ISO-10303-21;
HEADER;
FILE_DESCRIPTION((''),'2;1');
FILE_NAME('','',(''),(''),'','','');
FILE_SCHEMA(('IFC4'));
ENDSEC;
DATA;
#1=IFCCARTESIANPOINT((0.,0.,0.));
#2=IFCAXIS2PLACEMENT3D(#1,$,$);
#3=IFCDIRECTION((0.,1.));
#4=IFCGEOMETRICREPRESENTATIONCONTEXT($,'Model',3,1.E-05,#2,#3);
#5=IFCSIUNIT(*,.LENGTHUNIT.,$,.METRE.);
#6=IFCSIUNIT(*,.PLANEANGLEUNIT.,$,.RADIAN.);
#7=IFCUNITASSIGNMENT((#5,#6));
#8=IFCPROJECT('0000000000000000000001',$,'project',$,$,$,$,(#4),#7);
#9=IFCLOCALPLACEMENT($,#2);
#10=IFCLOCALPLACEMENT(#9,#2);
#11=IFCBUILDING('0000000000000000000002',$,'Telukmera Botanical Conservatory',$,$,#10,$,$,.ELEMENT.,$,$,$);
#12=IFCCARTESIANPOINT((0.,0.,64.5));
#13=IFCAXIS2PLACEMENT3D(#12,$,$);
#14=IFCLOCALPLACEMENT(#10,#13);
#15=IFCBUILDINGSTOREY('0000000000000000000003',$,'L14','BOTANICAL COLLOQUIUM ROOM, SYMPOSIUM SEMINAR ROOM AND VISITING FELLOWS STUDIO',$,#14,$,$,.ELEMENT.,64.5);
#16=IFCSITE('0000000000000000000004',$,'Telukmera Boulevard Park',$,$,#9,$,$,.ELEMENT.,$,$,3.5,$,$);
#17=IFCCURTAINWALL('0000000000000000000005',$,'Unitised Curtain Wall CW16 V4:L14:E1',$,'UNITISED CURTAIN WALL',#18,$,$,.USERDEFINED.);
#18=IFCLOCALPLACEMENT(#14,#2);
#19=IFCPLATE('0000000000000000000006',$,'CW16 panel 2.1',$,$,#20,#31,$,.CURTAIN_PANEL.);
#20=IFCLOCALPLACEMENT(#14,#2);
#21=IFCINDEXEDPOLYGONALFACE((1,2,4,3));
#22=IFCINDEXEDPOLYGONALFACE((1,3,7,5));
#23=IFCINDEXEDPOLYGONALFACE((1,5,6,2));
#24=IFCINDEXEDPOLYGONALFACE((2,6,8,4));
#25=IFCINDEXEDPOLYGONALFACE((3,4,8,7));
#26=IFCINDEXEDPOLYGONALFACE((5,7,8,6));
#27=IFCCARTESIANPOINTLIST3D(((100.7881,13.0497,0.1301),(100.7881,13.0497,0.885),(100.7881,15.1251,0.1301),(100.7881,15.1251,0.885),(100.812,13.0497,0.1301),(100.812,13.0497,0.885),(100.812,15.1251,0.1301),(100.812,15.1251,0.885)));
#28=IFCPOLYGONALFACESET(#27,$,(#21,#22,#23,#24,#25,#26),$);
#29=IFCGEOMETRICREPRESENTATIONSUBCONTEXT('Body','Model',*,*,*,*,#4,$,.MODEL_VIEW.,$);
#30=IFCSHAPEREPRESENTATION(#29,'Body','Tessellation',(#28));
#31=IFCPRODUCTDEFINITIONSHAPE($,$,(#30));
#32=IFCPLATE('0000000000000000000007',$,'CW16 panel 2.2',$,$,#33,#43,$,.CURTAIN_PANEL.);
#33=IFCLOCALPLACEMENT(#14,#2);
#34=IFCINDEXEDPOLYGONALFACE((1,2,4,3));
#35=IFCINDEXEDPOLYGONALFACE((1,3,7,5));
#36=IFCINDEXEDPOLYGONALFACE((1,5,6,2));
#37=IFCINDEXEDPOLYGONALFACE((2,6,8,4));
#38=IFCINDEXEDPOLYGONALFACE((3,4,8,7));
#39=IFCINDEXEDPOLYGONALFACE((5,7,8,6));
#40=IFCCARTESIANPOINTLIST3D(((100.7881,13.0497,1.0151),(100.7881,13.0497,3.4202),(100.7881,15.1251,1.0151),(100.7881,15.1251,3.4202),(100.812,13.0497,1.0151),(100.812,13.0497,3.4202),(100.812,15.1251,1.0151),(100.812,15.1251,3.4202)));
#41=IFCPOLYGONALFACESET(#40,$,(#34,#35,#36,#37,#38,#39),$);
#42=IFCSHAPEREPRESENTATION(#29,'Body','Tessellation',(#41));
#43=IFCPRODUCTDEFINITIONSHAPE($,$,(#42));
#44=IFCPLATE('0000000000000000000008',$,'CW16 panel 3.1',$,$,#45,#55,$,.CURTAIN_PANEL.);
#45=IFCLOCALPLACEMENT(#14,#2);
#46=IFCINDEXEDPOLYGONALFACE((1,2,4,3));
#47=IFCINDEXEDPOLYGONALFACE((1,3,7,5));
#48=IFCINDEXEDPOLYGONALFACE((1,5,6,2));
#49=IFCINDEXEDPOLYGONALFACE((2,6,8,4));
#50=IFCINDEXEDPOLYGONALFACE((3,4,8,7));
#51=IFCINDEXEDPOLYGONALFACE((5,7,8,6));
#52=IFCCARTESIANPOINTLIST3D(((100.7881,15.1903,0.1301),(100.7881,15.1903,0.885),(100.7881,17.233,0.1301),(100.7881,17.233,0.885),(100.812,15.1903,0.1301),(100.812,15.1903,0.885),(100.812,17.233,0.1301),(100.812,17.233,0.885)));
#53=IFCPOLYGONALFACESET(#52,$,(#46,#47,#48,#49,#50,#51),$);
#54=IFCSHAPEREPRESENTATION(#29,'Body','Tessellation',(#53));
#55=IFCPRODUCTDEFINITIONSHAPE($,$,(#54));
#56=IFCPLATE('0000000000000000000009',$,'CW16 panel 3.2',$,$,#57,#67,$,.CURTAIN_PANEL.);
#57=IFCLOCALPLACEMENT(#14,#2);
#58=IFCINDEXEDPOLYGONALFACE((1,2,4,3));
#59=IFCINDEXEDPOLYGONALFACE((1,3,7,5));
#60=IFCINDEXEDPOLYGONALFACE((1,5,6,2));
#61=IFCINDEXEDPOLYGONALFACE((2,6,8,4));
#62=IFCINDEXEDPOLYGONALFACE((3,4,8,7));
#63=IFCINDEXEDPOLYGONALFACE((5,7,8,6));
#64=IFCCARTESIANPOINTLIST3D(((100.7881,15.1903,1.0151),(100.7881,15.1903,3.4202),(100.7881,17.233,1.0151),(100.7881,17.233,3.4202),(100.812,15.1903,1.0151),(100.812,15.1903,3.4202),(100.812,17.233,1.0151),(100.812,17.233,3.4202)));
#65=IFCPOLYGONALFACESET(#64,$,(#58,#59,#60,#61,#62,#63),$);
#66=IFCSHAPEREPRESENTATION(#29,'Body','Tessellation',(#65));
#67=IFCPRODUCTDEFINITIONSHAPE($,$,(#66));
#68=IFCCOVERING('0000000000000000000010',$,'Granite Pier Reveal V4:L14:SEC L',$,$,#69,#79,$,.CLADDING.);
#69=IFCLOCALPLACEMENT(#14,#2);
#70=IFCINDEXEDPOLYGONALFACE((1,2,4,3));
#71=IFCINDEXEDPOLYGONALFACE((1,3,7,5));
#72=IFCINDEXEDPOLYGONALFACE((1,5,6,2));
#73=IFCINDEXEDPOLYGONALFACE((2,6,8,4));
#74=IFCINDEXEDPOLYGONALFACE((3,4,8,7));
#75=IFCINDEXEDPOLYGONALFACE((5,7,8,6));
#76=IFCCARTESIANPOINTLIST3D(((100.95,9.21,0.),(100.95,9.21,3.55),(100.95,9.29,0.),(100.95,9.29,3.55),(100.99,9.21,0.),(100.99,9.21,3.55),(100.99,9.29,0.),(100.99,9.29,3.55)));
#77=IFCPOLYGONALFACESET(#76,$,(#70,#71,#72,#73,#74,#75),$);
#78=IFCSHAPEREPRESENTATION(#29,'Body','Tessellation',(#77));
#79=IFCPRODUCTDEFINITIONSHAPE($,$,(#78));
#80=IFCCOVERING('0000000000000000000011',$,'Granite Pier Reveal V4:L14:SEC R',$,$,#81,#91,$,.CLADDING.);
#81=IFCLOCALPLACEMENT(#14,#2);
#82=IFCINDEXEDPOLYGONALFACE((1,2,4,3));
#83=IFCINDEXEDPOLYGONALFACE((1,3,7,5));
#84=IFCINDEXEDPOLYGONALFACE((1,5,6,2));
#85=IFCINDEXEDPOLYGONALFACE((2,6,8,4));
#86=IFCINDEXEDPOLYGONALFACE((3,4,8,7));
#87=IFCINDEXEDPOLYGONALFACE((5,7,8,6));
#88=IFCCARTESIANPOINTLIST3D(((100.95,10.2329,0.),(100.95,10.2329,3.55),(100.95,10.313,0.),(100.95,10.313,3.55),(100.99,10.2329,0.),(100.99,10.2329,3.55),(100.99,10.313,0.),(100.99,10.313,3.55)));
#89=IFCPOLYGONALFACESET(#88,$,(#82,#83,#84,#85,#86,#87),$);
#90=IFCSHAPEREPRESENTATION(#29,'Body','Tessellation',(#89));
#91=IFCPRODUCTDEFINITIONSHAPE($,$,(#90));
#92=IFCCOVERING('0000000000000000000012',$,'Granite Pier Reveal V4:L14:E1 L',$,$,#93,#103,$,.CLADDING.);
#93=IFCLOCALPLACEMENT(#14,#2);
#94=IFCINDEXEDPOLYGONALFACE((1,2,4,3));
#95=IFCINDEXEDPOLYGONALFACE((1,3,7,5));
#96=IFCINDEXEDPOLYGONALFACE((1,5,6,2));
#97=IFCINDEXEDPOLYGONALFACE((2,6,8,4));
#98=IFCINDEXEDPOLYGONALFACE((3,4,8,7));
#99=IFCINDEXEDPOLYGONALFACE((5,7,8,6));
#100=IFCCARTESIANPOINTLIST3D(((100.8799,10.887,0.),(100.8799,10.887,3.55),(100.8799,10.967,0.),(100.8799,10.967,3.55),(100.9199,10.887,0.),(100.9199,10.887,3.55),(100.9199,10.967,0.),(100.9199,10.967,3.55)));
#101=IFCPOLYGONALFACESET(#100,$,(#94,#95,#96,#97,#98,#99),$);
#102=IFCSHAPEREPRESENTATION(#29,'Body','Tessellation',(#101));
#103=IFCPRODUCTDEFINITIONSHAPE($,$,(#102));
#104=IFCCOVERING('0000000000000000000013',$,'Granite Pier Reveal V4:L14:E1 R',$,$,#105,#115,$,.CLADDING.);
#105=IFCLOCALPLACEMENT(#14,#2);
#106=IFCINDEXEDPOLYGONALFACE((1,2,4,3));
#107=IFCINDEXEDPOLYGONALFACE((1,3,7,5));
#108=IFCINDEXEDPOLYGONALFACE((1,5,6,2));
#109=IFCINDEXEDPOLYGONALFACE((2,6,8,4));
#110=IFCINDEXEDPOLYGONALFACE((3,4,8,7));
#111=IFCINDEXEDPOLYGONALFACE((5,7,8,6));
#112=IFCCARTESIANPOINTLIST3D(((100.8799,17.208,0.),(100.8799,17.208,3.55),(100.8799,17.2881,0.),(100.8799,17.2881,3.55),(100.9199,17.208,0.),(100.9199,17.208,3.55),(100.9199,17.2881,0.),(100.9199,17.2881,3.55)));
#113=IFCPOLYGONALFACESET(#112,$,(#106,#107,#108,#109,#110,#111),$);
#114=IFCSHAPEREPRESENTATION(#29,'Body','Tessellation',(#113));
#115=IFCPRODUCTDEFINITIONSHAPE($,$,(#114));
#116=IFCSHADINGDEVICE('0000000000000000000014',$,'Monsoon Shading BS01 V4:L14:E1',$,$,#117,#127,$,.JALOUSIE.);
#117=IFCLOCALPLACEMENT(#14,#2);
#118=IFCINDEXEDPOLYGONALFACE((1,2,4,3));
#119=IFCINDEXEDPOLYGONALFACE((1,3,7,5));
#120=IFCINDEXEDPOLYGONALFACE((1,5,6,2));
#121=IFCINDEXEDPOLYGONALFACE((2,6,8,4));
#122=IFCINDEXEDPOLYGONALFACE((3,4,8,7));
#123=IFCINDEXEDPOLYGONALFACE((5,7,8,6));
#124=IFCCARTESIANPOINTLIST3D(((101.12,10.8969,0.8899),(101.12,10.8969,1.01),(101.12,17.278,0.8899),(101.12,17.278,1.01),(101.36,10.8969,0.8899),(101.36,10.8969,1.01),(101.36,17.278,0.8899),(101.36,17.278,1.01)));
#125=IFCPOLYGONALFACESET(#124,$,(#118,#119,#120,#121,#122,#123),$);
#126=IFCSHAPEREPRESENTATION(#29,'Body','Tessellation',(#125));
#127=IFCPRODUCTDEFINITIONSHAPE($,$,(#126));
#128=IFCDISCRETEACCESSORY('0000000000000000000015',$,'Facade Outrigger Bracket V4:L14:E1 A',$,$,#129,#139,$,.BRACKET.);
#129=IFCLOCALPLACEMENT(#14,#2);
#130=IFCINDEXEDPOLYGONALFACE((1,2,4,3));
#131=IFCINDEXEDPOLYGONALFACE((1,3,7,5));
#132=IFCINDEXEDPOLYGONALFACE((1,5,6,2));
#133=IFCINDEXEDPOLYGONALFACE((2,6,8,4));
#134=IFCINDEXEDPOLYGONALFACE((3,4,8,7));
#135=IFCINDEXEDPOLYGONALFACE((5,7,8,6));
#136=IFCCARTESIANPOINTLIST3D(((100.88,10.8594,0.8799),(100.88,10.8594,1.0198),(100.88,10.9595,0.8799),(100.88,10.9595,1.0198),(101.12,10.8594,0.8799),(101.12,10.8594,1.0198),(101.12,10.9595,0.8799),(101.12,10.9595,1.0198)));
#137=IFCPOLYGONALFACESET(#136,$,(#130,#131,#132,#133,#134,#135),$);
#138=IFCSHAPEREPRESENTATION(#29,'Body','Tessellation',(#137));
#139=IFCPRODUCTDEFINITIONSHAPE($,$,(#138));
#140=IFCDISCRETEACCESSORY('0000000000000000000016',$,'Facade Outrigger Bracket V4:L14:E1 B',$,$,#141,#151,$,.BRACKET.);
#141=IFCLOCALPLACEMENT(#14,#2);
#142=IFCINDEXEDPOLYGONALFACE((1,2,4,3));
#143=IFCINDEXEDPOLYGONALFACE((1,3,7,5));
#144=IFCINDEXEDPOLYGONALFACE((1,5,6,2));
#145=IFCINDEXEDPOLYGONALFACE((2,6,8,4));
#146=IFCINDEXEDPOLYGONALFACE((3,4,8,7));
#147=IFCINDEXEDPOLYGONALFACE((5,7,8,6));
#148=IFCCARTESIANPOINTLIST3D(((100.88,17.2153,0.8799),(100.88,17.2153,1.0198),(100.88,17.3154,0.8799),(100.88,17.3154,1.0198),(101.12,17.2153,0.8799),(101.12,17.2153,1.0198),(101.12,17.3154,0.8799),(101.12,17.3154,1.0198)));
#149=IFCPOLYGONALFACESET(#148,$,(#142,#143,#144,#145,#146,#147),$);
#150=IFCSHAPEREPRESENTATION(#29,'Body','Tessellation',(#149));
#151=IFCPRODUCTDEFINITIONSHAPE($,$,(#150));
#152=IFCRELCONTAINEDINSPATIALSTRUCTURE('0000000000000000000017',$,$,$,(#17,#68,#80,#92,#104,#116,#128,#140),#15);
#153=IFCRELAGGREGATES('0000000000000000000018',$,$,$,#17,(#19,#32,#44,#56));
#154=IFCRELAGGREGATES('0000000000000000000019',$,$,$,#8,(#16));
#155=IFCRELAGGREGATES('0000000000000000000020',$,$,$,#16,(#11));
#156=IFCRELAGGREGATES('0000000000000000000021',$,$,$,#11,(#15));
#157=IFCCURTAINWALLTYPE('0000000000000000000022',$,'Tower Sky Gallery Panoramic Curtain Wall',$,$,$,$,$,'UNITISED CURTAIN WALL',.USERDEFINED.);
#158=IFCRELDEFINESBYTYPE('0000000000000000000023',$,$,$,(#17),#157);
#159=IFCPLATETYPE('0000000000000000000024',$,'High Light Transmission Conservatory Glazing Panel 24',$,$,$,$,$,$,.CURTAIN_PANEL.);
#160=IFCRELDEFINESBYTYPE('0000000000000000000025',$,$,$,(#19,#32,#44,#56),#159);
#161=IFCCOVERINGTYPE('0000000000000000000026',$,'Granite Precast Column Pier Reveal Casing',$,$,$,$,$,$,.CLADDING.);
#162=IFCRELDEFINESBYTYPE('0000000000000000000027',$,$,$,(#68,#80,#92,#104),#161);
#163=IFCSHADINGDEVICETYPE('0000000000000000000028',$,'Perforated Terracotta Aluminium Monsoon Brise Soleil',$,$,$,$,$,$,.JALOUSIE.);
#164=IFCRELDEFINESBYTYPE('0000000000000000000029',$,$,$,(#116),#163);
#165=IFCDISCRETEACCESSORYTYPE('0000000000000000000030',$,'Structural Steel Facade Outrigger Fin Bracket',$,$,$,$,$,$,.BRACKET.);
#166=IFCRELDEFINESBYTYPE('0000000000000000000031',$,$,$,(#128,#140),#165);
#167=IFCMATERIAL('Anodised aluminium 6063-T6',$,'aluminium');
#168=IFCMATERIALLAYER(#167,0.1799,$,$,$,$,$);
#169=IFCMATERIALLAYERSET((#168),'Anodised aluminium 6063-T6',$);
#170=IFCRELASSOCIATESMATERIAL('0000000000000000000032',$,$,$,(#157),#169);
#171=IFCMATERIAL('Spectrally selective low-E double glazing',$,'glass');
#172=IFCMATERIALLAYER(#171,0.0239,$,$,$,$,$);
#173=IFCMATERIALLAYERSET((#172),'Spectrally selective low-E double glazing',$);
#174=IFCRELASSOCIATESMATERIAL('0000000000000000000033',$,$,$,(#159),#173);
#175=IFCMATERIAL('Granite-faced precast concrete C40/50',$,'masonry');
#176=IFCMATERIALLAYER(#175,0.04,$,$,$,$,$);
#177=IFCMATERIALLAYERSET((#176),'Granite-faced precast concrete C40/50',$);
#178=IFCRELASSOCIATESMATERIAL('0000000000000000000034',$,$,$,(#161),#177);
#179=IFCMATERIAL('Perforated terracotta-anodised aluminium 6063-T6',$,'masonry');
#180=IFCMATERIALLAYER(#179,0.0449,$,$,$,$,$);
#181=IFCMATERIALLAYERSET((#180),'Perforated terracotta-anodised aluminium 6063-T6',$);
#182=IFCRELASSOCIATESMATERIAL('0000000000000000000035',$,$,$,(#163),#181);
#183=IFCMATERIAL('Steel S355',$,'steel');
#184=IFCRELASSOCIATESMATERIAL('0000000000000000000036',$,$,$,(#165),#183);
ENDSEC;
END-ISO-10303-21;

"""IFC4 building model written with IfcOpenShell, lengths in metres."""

from ifc_helpers import new_model, si_unit, direction, frame, origin, origin_2d, place, context, subcontext, project, spatial, rectangle, extrude, material, layer, layer_set, type_object, element, aggregate, save


model = new_model("IFC4")

# Units and contexts
model_context = context("Model", 3, precision=1e-05, world=origin(), true_north=direction((0.0, 1.0)))
body_context = subcontext(model_context, "Body", "Model", "MODEL_VIEW")
ifc_project = project(units=[si_unit("LENGTHUNIT", "METRE"), si_unit("PLANEANGLEUNIT", "RADIAN")], contexts=[model_context])

# Site, building, storey
site_placement = place(None, origin())
site = spatial("IfcSite", under=ifc_project, at=site_placement, Name="Telukmera Boulevard Park", CompositionType="ELEMENT", RefElevation=3.5)
building_placement = place(site_placement, origin())
building = spatial("IfcBuilding", under=site, at=building_placement, Name="Telukmera Botanical Conservatory", CompositionType="ELEMENT")
storey_placement = place(building_placement, frame((0.0, 0.0, 64.5)))
storey = spatial("IfcBuildingStorey", under=building, at=storey_placement, Name="L14", Description="BOTANICAL COLLOQUIUM ROOM, SYMPOSIUM SEMINAR ROOM AND VISITING FELLOWS STUDIO", CompositionType="ELEMENT", Elevation=64.5)

# Curtain wall, plates
ifc_material_1 = material(Name="Anodised aluminium 6063-T6", Category="aluminium")
ifc_layer_1 = layer(ifc_material_1, 0.1799)
ifc_layer_set_1 = layer_set([ifc_layer_1], Name="Anodised aluminium 6063-T6")
curtain_wall_type = type_object("IfcCurtainWallType", Name="Tower Sky Gallery Panoramic Curtain Wall", ElementType="UNITISED CURTAIN WALL", PredefinedType="USERDEFINED", material=ifc_layer_set_1)
curtain_wall_placement = place(storey_placement, origin())
curtain_wall = element("IfcCurtainWall", 1, at=curtain_wall_placement, inside=storey, type_object=curtain_wall_type, Name="Unitised Curtain Wall CW16 V4:L14:E1", ObjectType="UNITISED CURTAIN WALL", PredefinedType="USERDEFINED")
ifc_material_2 = material(Name="Spectrally selective low-E double glazing", Category="glass")
ifc_layer_2 = layer(ifc_material_2, 0.0239)
ifc_layer_set_2 = layer_set([ifc_layer_2], Name="Spectrally selective low-E double glazing")
plate_type = type_object("IfcPlateType", Name="High Light Transmission Conservatory Glazing Panel 24", PredefinedType="CURTAIN_PANEL", material=ifc_layer_set_2)
plate_1_placement = place(storey_placement, frame((100.8, 14.0874, 0.1301), z_axis=(0.0, 0.0, 1.0), x_axis=(0.0, 1.0, 0.0)))
plate_1 = element("IfcPlate", 2, at=plate_1_placement, type_object=plate_type, Name="CW16 panel 2.1", PredefinedType="CURTAIN_PANEL", context=body_context, shape_type="SweptSolid", body=[
    extrude(rectangle(XDim=2.0754, YDim=0.0239, at=origin_2d()), origin(), (0.0, 0.0, 1.0), 0.7549),
])
plate_2_placement = place(storey_placement, frame((100.8, 14.0874, 1.0151), z_axis=(0.0, 0.0, 1.0), x_axis=(0.0, 1.0, 0.0)))
plate_2 = element("IfcPlate", 3, at=plate_2_placement, type_object=plate_type, Name="CW16 panel 2.2", PredefinedType="CURTAIN_PANEL", context=body_context, shape_type="SweptSolid", body=[
    extrude(rectangle(XDim=2.0754, YDim=0.0239, at=origin_2d()), origin(), (0.0, 0.0, 1.0), 2.405),
])
plate_3_placement = place(storey_placement, frame((100.8, 16.2117, 0.1301), z_axis=(0.0, 0.0, 1.0), x_axis=(0.0, 1.0, 0.0)))
plate_3 = element("IfcPlate", 4, at=plate_3_placement, type_object=plate_type, Name="CW16 panel 3.1", PredefinedType="CURTAIN_PANEL", context=body_context, shape_type="SweptSolid", body=[
    extrude(rectangle(XDim=2.0427, YDim=0.0239, at=origin_2d()), origin(), (0.0, 0.0, 1.0), 0.7549),
])
plate_4_placement = place(storey_placement, frame((100.8, 16.2117, 1.0151), z_axis=(0.0, 0.0, 1.0), x_axis=(0.0, 1.0, 0.0)))
plate_4 = element("IfcPlate", 5, at=plate_4_placement, type_object=plate_type, Name="CW16 panel 3.2", PredefinedType="CURTAIN_PANEL", context=body_context, shape_type="SweptSolid", body=[
    extrude(rectangle(XDim=2.0427, YDim=0.0239, at=origin_2d()), origin(), (0.0, 0.0, 1.0), 2.405),
])
aggregate(curtain_wall, [plate_1, plate_2, plate_3, plate_4])

# Coverings
ifc_material_3 = material(Name="Granite-faced precast concrete C40/50", Category="masonry")
ifc_layer_3 = layer(ifc_material_3, 0.04)
ifc_layer_set_3 = layer_set([ifc_layer_3], Name="Granite-faced precast concrete C40/50")
covering_type = type_object("IfcCoveringType", Name="Granite Precast Column Pier Reveal Casing", PredefinedType="CLADDING", material=ifc_layer_set_3)
for number, where, z_axis, x_axis, name in (
    (6, (100.97, 9.25, 0.0), (0.0, 0.0, 1.0), (0.0, 1.0, 0.0), "Granite Pier Reveal V4:L14:SEC L"),
    (7, (100.97, 10.2729, 0.0), (0.0, 0.0, 1.0), (0.0, 1.0, 0.0), "Granite Pier Reveal V4:L14:SEC R"),
    (8, (100.8999, 10.927, 0.0), (0.0, 0.0, 1.0), (0.0, 1.0, 0.0), "Granite Pier Reveal V4:L14:E1 L"),
    (9, (100.8999, 17.248, 0.0), (0.0, 0.0, 1.0), (0.0, 1.0, 0.0), "Granite Pier Reveal V4:L14:E1 R"),
):
    element("IfcCovering", number, at=place(storey_placement, frame(where, z_axis=z_axis, x_axis=x_axis)), inside=storey, type_object=covering_type, Name=name, PredefinedType="CLADDING", context=body_context, shape_type="SweptSolid", body=[
        extrude(rectangle(XDim=0.0801, YDim=0.04, at=origin_2d()), origin(), (0.0, 0.0, 1.0), 3.55),
    ])

# Shading device
ifc_material_4 = material(Name="Perforated terracotta-anodised aluminium 6063-T6", Category="masonry")
ifc_layer_4 = layer(ifc_material_4, 0.0449)
ifc_layer_set_4 = layer_set([ifc_layer_4], Name="Perforated terracotta-anodised aluminium 6063-T6")
shading_device_type = type_object("IfcShadingDeviceType", Name="Perforated Terracotta Aluminium Monsoon Brise Soleil", PredefinedType="JALOUSIE", material=ifc_layer_set_4)
shading_device_placement = place(storey_placement, frame((101.24, 14.0874, 0.8899), z_axis=(0.0, 0.0, 1.0), x_axis=(0.0, 1.0, 0.0)))
element("IfcShadingDevice", 10, at=shading_device_placement, inside=storey, type_object=shading_device_type, Name="Monsoon Shading BS01 V4:L14:E1", PredefinedType="JALOUSIE", context=body_context, shape_type="SweptSolid", body=[
    extrude(rectangle(XDim=6.3811, YDim=0.24, at=origin_2d()), origin(), (0.0, 0.0, 1.0), 0.1201),
])

# Discrete accessories
ifc_material_5 = material(Name="Steel S355", Category="steel")
discrete_accessory_type = type_object("IfcDiscreteAccessoryType", Name="Structural Steel Facade Outrigger Fin Bracket", PredefinedType="BRACKET", material=ifc_material_5)
for number, where, z_axis, x_axis, name in (
    (11, (101.0, 10.9094, 0.8799), (0.0, 0.0, 1.0), (0.0, 1.0, 0.0), "Facade Outrigger Bracket V4:L14:E1 A"),
    (12, (101.0, 17.2654, 0.8799), (0.0, 0.0, 1.0), (0.0, 1.0, 0.0), "Facade Outrigger Bracket V4:L14:E1 B"),
):
    element("IfcDiscreteAccessory", number, at=place(storey_placement, frame(where, z_axis=z_axis, x_axis=x_axis)), inside=storey, type_object=discrete_accessory_type, Name=name, PredefinedType="BRACKET", context=body_context, shape_type="SweptSolid", body=[
        extrude(rectangle(XDim=0.1001, YDim=0.24, at=origin_2d()), origin(), (0.0, 0.0, 1.0), 0.1399),
    ])

save(model, "model.ifc")
